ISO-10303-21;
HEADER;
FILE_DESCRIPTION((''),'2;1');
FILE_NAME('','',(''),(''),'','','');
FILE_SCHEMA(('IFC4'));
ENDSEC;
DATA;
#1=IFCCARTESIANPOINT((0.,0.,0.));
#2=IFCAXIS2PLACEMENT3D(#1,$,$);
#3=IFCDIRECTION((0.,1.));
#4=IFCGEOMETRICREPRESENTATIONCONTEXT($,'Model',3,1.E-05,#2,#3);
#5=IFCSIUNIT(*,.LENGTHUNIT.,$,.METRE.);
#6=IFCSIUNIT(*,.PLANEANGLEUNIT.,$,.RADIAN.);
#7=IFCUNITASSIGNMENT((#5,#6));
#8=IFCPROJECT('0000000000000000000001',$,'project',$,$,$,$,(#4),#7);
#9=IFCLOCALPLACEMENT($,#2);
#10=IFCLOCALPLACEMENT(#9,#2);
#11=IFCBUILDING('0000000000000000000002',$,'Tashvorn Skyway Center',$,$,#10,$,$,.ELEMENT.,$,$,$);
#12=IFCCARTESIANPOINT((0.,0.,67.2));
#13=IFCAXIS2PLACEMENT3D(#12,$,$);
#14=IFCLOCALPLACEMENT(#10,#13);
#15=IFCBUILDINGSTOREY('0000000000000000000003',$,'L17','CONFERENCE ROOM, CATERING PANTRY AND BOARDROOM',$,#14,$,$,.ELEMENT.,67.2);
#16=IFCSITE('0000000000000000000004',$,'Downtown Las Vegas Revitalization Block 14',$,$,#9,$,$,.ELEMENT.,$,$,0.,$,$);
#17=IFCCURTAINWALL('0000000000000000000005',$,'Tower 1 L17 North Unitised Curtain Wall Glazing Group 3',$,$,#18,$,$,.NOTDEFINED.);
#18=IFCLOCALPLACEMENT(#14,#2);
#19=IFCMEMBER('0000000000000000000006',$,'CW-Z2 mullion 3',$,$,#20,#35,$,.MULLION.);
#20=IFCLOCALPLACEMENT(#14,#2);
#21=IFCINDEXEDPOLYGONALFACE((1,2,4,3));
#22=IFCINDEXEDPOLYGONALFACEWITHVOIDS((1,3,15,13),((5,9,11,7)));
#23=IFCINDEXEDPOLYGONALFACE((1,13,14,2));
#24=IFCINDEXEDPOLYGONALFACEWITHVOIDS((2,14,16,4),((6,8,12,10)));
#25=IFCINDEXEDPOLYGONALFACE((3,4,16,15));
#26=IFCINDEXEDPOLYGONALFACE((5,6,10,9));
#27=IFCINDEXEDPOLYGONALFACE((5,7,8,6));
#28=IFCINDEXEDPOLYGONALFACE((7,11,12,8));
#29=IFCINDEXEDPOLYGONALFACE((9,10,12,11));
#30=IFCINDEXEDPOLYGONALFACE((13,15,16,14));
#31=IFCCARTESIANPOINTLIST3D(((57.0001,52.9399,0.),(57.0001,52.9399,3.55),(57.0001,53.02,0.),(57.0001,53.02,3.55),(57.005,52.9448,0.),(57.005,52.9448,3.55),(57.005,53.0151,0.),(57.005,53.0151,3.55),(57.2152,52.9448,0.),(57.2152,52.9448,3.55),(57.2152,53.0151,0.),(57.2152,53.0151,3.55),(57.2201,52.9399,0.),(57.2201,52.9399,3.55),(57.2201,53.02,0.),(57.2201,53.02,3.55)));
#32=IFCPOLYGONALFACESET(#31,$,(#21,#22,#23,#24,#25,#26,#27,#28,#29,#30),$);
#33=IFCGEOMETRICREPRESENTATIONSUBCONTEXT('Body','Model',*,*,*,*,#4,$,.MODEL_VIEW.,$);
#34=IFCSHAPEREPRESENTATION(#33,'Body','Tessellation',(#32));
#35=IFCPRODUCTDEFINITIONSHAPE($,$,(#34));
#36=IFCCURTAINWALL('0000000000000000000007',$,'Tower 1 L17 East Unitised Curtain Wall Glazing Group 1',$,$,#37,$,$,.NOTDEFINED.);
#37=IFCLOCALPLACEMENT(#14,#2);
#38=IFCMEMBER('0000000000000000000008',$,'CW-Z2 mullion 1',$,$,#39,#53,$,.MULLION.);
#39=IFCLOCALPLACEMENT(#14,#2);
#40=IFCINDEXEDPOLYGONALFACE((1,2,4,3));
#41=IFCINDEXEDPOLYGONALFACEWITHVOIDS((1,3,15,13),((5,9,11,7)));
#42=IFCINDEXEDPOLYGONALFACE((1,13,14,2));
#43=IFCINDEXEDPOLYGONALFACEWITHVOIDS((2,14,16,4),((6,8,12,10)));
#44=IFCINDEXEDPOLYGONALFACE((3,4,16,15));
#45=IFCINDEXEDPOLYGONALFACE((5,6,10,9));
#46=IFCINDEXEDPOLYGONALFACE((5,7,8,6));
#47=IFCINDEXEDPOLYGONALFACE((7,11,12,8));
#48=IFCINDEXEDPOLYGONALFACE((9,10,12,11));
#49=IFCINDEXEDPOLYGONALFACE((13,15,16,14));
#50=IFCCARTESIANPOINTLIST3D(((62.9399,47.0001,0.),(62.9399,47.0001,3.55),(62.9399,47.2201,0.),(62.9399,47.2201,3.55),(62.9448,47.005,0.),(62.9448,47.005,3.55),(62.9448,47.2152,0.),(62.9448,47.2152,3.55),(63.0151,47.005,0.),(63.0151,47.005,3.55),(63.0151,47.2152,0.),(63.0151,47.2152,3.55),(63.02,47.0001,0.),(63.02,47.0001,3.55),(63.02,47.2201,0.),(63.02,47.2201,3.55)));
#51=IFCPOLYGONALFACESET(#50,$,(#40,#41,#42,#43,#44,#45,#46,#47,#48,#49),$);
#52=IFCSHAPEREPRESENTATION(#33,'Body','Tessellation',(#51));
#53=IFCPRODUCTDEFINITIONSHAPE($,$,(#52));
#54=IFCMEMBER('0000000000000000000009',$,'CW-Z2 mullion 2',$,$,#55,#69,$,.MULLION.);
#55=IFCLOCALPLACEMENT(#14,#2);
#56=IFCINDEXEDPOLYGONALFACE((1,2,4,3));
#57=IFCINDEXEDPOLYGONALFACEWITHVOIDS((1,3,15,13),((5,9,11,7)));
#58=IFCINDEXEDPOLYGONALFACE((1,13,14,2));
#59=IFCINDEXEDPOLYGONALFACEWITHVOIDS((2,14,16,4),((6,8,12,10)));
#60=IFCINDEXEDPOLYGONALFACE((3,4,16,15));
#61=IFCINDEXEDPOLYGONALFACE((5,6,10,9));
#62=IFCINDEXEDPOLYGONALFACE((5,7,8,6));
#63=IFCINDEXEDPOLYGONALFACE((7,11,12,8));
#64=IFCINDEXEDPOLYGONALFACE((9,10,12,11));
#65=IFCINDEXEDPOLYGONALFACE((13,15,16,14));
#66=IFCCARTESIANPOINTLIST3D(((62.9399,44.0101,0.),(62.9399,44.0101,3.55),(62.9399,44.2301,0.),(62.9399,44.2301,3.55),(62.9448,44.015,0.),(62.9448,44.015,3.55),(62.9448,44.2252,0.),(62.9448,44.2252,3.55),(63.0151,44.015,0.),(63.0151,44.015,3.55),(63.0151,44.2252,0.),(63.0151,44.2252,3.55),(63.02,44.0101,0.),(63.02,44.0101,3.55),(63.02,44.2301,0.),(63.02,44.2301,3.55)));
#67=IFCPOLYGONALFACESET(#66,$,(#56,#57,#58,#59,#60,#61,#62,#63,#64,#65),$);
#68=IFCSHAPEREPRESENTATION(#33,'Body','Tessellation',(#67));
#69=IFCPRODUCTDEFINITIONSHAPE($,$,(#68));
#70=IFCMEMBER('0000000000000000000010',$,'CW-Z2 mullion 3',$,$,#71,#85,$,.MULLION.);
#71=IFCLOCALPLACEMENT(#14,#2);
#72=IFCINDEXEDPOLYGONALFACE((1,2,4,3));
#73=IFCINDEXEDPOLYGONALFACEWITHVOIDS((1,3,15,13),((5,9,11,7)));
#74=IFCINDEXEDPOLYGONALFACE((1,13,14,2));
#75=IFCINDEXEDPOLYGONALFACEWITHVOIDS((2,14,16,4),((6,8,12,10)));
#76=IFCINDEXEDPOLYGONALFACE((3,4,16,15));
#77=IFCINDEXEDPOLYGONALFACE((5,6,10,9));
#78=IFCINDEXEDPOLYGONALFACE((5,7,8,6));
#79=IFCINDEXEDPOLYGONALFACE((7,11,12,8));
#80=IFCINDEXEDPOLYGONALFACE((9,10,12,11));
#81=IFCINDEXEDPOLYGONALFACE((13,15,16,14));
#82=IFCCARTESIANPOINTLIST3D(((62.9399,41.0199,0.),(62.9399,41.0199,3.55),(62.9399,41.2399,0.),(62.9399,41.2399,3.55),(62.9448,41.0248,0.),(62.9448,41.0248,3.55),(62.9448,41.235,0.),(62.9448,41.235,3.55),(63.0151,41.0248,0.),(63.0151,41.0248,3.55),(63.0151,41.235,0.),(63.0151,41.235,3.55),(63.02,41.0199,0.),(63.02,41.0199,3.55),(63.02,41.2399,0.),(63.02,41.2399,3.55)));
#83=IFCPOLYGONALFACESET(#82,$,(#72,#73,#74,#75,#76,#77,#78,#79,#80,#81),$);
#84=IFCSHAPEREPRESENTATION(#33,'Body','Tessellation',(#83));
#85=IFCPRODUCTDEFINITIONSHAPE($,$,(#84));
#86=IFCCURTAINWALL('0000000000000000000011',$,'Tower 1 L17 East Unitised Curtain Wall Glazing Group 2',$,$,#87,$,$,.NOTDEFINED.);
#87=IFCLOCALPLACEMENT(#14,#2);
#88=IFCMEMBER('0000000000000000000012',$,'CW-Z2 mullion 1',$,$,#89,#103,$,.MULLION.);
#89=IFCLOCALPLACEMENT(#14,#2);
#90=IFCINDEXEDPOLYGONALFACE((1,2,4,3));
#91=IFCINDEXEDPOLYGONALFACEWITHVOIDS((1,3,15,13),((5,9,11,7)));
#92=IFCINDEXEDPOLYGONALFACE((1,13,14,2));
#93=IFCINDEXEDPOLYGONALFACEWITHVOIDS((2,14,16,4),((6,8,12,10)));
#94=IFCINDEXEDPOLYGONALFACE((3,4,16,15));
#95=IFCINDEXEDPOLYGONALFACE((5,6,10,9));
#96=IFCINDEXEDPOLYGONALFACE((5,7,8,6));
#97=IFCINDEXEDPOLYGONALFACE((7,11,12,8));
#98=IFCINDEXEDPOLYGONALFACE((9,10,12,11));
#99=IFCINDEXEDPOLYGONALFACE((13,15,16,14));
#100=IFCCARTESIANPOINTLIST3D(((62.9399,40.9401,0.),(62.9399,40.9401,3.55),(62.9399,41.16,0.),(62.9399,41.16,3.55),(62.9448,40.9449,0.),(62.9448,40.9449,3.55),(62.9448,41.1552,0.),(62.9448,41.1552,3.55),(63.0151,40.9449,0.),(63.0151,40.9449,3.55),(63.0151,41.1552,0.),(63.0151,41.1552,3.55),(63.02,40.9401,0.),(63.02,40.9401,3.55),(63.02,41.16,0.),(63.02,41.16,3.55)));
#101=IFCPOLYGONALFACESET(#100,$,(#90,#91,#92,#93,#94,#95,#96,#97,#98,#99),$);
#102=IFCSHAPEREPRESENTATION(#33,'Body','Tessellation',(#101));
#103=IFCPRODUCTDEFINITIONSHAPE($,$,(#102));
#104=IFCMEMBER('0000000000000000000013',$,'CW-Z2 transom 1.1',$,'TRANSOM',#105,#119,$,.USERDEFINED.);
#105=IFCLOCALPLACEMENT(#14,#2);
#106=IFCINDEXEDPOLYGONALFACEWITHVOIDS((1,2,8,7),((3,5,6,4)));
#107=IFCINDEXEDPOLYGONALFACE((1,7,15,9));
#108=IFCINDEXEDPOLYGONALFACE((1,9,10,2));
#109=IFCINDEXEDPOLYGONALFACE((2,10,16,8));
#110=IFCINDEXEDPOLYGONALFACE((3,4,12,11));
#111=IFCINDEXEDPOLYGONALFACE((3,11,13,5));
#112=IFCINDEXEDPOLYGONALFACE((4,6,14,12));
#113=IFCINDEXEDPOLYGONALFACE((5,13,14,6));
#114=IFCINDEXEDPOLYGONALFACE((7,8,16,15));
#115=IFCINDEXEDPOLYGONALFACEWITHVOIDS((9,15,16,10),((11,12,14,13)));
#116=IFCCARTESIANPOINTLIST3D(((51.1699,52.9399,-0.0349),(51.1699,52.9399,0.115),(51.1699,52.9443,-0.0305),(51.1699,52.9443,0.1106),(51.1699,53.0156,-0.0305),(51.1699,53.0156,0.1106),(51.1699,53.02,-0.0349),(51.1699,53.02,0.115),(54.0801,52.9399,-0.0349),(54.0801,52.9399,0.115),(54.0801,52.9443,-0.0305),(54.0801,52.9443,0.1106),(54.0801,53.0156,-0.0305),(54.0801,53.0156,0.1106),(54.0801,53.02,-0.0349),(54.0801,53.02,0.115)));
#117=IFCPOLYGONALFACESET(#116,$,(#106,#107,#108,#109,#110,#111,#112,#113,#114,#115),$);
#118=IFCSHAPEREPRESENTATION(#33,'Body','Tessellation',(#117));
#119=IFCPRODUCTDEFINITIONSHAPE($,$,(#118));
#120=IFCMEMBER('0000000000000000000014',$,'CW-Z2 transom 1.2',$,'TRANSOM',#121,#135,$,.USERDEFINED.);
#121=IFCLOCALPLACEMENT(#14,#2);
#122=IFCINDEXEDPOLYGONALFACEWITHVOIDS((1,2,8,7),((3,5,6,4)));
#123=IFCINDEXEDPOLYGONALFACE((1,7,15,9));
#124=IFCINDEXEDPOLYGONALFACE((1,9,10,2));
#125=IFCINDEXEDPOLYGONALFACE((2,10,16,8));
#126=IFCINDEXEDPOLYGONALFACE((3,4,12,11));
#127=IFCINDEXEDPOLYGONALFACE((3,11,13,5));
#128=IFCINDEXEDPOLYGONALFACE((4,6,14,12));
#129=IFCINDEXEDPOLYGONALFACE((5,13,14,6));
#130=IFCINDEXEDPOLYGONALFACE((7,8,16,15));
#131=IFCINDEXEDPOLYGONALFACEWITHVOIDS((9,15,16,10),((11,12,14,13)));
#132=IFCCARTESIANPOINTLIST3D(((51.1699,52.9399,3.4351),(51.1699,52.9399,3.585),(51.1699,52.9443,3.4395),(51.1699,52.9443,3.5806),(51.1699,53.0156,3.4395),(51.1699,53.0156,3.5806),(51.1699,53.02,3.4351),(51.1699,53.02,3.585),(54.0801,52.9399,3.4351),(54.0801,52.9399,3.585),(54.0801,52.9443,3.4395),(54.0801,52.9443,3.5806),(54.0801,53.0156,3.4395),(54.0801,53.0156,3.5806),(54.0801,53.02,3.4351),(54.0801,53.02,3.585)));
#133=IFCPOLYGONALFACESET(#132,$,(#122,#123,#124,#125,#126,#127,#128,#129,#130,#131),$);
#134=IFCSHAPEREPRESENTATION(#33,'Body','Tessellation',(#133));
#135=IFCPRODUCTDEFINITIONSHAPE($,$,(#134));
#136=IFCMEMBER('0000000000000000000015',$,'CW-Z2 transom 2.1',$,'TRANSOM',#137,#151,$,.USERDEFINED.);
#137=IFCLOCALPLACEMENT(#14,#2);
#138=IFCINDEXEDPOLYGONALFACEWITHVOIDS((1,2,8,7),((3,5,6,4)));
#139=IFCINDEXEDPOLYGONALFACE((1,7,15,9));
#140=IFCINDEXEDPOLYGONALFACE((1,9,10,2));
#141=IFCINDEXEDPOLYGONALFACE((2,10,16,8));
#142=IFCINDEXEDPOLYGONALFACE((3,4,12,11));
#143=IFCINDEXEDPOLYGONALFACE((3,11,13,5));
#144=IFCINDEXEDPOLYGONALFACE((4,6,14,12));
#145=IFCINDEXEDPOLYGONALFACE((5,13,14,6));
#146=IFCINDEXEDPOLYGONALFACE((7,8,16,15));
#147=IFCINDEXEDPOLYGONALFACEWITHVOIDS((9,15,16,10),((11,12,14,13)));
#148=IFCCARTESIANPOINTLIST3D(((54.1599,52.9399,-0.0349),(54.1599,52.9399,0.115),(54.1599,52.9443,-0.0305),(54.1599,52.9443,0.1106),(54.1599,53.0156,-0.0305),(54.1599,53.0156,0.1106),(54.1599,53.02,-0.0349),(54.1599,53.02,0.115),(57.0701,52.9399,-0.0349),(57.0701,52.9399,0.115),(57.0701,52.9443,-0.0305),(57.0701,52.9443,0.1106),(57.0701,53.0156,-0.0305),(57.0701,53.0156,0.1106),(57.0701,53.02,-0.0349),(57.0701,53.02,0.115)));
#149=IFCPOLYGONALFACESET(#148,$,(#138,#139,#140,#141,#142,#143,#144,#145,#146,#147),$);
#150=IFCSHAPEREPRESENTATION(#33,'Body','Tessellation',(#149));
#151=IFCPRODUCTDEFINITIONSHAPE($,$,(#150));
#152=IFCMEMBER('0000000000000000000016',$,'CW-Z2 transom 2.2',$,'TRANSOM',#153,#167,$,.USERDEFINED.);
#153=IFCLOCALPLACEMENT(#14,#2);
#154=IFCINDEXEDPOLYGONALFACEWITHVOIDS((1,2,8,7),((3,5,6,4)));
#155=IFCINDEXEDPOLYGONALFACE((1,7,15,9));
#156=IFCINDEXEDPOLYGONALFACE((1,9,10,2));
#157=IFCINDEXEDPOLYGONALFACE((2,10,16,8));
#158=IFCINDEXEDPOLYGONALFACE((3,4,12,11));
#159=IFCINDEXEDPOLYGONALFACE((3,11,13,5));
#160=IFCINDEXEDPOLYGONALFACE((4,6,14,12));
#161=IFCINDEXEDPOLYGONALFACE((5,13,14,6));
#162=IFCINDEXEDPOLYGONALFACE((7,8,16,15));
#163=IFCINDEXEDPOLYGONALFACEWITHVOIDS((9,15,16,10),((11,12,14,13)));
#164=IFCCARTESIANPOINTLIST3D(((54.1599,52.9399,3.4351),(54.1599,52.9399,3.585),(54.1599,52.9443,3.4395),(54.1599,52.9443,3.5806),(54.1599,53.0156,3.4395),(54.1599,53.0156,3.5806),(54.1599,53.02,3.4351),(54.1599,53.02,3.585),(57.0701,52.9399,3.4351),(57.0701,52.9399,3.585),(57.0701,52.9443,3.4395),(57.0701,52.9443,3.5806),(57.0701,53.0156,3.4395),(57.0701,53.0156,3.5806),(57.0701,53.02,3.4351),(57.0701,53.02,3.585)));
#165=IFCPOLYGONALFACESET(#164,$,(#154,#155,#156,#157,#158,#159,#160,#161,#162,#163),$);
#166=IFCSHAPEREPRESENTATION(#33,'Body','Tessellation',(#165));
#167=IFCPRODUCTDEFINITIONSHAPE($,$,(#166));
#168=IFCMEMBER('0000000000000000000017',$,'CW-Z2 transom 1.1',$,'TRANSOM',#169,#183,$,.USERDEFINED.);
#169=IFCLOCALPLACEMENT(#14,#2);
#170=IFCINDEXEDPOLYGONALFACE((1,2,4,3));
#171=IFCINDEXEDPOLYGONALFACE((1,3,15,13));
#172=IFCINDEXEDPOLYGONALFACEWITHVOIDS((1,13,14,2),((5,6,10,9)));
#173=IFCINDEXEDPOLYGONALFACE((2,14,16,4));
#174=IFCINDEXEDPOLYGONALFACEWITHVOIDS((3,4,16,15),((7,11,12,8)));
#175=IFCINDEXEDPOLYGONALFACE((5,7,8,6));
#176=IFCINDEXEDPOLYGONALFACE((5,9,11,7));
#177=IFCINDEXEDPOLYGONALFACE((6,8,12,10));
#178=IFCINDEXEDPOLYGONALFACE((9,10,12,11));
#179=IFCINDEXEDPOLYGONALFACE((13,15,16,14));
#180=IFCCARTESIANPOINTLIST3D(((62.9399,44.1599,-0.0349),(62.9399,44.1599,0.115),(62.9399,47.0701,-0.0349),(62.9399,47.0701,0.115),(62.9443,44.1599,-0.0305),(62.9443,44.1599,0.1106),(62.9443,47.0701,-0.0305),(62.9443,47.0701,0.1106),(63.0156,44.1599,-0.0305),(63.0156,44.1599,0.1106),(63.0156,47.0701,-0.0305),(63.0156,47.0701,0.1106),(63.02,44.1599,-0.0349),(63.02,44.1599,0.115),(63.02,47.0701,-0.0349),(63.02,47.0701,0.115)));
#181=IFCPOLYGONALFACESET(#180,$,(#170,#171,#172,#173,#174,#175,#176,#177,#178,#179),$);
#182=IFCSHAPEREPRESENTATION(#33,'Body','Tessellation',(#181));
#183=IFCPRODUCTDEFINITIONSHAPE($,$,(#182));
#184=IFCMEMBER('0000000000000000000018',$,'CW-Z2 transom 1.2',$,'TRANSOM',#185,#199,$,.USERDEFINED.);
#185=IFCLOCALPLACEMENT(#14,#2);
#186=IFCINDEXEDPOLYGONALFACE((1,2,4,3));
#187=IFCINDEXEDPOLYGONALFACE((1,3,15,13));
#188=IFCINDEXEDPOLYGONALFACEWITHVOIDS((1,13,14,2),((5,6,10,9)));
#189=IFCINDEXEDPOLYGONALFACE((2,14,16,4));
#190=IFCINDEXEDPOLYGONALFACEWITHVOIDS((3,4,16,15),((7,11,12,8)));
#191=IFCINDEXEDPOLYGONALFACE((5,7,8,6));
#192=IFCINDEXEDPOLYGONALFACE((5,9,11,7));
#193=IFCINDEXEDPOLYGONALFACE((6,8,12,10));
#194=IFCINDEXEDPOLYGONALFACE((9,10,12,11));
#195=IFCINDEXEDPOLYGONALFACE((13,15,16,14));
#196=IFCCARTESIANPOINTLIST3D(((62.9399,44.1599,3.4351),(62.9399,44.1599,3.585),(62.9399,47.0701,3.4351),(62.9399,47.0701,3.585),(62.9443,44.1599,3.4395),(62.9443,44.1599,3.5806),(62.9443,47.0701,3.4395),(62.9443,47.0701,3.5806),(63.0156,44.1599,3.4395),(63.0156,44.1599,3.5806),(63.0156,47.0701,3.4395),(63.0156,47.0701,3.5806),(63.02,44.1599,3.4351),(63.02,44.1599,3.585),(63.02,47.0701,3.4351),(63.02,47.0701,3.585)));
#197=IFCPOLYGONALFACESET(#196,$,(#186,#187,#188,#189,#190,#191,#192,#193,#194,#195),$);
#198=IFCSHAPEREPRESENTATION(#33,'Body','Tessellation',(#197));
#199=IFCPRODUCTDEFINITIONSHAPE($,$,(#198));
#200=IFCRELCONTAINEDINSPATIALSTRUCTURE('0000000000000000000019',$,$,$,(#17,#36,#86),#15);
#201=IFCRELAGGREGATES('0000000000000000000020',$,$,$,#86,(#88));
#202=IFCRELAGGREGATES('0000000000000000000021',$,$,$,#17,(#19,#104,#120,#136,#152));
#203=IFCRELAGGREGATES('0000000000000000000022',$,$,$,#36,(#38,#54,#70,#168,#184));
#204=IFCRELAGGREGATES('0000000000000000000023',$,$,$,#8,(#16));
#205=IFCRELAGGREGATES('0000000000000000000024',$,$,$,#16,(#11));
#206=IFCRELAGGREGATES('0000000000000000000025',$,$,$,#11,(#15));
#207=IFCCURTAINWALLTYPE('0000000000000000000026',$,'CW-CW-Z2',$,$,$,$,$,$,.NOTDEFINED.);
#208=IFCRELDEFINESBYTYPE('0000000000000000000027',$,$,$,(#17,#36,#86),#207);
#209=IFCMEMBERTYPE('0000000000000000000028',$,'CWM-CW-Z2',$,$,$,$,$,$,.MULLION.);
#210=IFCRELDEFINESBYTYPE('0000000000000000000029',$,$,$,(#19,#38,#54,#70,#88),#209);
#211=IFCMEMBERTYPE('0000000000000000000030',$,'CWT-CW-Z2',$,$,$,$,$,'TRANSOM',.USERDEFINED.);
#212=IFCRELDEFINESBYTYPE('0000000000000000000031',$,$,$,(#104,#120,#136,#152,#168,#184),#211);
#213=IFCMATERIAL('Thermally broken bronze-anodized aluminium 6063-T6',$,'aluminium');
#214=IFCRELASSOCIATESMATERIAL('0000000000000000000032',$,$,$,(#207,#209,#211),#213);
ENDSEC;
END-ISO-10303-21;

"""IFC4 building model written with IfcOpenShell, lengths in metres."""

from ifc_helpers import new_model, si_unit, direction, frame, origin, origin_2d, place, context, subcontext, project, spatial, hollow_rectangle, extrude, material, material_profile, profile_set, type_object, element, aggregate, save


model = new_model("IFC4")

# Units and contexts
model_context = context("Model", 3, precision=1e-05, world=origin(), true_north=direction((0.0, 1.0)))
body_context = subcontext(model_context, "Body", "Model", "MODEL_VIEW")
ifc_project = project(units=[si_unit("LENGTHUNIT", "METRE"), si_unit("PLANEANGLEUNIT", "RADIAN")], contexts=[model_context])

# Site, building, storey
site_placement = place(None, origin())
site = spatial("IfcSite", under=ifc_project, at=site_placement, Name="Downtown Las Vegas Revitalization Block 14", CompositionType="ELEMENT", RefElevation=0.0)
building_placement = place(site_placement, origin())
building = spatial("IfcBuilding", under=site, at=building_placement, Name="Tashvorn Skyway Center", CompositionType="ELEMENT")
storey_placement = place(building_placement, frame((0.0, 0.0, 67.2)))
storey = spatial("IfcBuildingStorey", under=building, at=storey_placement, Name="L17", Description="CONFERENCE ROOM, CATERING PANTRY AND BOARDROOM", CompositionType="ELEMENT", Elevation=67.2)

# Shared definitions
ifc_material_1 = material(Name="Thermally broken bronze-anodized aluminium 6063-T6", Category="aluminium")
curtain_wall_type = type_object("IfcCurtainWallType", Name="CW-CW-Z2", PredefinedType="NOTDEFINED", material=ifc_material_1)
ifc_material_profile_1 = material_profile(ifc_material_1, hollow_rectangle(XDim=0.0801, YDim=0.22, WallThickness=0.0049, at=origin_2d()), Name="ALU-MULL-80x220")
ifc_profile_set_1 = profile_set([ifc_material_profile_1], Name="Thermally broken bronze-anodized aluminium 6063-T6")
member_type_1 = type_object("IfcMemberType", Name="CWM-CW-Z2", PredefinedType="MULLION", material=ifc_profile_set_1)

# Curtain walls, members
curtain_wall_1_placement = place(storey_placement, origin())
curtain_wall_1 = element("IfcCurtainWall", 1, at=curtain_wall_1_placement, inside=storey, type_object=curtain_wall_type, Name="Tower 1 L17 North Unitised Curtain Wall Glazing Group 3", PredefinedType="NOTDEFINED")
member_1_placement = place(storey_placement, frame((57.1101, 52.98, 0.0), z_axis=(0.0, 0.0, 1.0), x_axis=(0.0, 1.0, 0.0)))
member_1 = element("IfcMember", 2, at=member_1_placement, type_object=member_type_1, Name="CW-Z2 mullion 3", PredefinedType="MULLION", context=body_context, shape_type="SweptSolid", body=[
    extrude(hollow_rectangle(XDim=0.0801, YDim=0.22, WallThickness=0.0049, at=origin_2d()), origin(), (0.0, 0.0, 1.0), 3.55),
])
curtain_wall_2_placement = place(storey_placement, origin())
curtain_wall_2 = element("IfcCurtainWall", 3, at=curtain_wall_2_placement, inside=storey, type_object=curtain_wall_type, Name="Tower 1 L17 East Unitised Curtain Wall Glazing Group 1", PredefinedType="NOTDEFINED")
member_2_placement = place(storey_placement, frame((62.98, 47.1101, 0.0), z_axis=(0.0, 0.0, 1.0), x_axis=(1.0, 0.0, 0.0)))
member_2 = element("IfcMember", 4, at=member_2_placement, type_object=member_type_1, Name="CW-Z2 mullion 1", PredefinedType="MULLION", context=body_context, shape_type="SweptSolid", body=[
    extrude(hollow_rectangle(XDim=0.0801, YDim=0.22, WallThickness=0.0049, at=origin_2d()), origin(), (0.0, 0.0, 1.0), 3.55),
])
member_3_placement = place(storey_placement, frame((62.98, 44.1201, 0.0), z_axis=(0.0, 0.0, 1.0), x_axis=(1.0, 0.0, 0.0)))
member_3 = element("IfcMember", 5, at=member_3_placement, type_object=member_type_1, Name="CW-Z2 mullion 2", PredefinedType="MULLION", context=body_context, shape_type="SweptSolid", body=[
    extrude(hollow_rectangle(XDim=0.0801, YDim=0.22, WallThickness=0.0049, at=origin_2d()), origin(), (0.0, 0.0, 1.0), 3.55),
])
member_4_placement = place(storey_placement, frame((62.98, 41.1299, 0.0), z_axis=(0.0, 0.0, 1.0), x_axis=(1.0, 0.0, 0.0)))
member_4 = element("IfcMember", 6, at=member_4_placement, type_object=member_type_1, Name="CW-Z2 mullion 3", PredefinedType="MULLION", context=body_context, shape_type="SweptSolid", body=[
    extrude(hollow_rectangle(XDim=0.0801, YDim=0.22, WallThickness=0.0049, at=origin_2d()), origin(), (0.0, 0.0, 1.0), 3.55),
])

# Curtain wall, member
curtain_wall_3_placement = place(storey_placement, origin())
curtain_wall_3 = element("IfcCurtainWall", 7, at=curtain_wall_3_placement, inside=storey, type_object=curtain_wall_type, Name="Tower 1 L17 East Unitised Curtain Wall Glazing Group 2", PredefinedType="NOTDEFINED")
member_5_placement = place(storey_placement, frame((62.98, 41.05, 0.0), z_axis=(0.0, 0.0, 1.0), x_axis=(1.0, 0.0, 0.0)))
member_5 = element("IfcMember", 8, at=member_5_placement, type_object=member_type_1, Name="CW-Z2 mullion 1", PredefinedType="MULLION", context=body_context, shape_type="SweptSolid", body=[
    extrude(hollow_rectangle(XDim=0.0801, YDim=0.22, WallThickness=0.0049, at=origin_2d()), origin(), (0.0, 0.0, 1.0), 3.55),
])
aggregate(curtain_wall_3, [member_5])

# Members
ifc_material_profile_2 = material_profile(ifc_material_1, hollow_rectangle(XDim=0.0801, YDim=0.1499, WallThickness=0.0044, at=origin_2d()), Name="ALU-TRAN-80x150")
ifc_profile_set_2 = profile_set([ifc_material_profile_2], Name="Thermally broken bronze-anodized aluminium 6063-T6")
member_type_2 = type_object("IfcMemberType", Name="CWT-CW-Z2", ElementType="TRANSOM", PredefinedType="USERDEFINED", material=ifc_profile_set_2)
member_6_placement = place(storey_placement, frame((51.1699, 52.98, 0.04), z_axis=(1.0, 0.0, 0.0), x_axis=(0.0, 1.0, 0.0)))
member_6 = element("IfcMember", 9, at=member_6_placement, type_object=member_type_2, Name="CW-Z2 transom 1.1", ObjectType="TRANSOM", PredefinedType="USERDEFINED", context=body_context, shape_type="SweptSolid", body=[
    extrude(hollow_rectangle(XDim=0.0801, YDim=0.1499, WallThickness=0.0044, at=origin_2d()), origin(), (0.0, 0.0, 1.0), 2.9102),
])
member_7_placement = place(storey_placement, frame((51.1699, 52.98, 3.51), z_axis=(1.0, 0.0, 0.0), x_axis=(0.0, 1.0, 0.0)))
member_7 = element("IfcMember", 10, at=member_7_placement, type_object=member_type_2, Name="CW-Z2 transom 1.2", ObjectType="TRANSOM", PredefinedType="USERDEFINED", context=body_context, shape_type="SweptSolid", body=[
    extrude(hollow_rectangle(XDim=0.0801, YDim=0.1499, WallThickness=0.0044, at=origin_2d()), origin(), (0.0, 0.0, 1.0), 2.9102),
])
member_8_placement = place(storey_placement, frame((54.1599, 52.98, 0.04), z_axis=(1.0, 0.0, 0.0), x_axis=(0.0, 1.0, 0.0)))
member_8 = element("IfcMember", 11, at=member_8_placement, type_object=member_type_2, Name="CW-Z2 transom 2.1", ObjectType="TRANSOM", PredefinedType="USERDEFINED", context=body_context, shape_type="SweptSolid", body=[
    extrude(hollow_rectangle(XDim=0.0801, YDim=0.1499, WallThickness=0.0044, at=origin_2d()), origin(), (0.0, 0.0, 1.0), 2.9102),
])
member_9_placement = place(storey_placement, frame((54.1599, 52.98, 3.51), z_axis=(1.0, 0.0, 0.0), x_axis=(0.0, 1.0, 0.0)))
member_9 = element("IfcMember", 12, at=member_9_placement, type_object=member_type_2, Name="CW-Z2 transom 2.2", ObjectType="TRANSOM", PredefinedType="USERDEFINED", context=body_context, shape_type="SweptSolid", body=[
    extrude(hollow_rectangle(XDim=0.0801, YDim=0.1499, WallThickness=0.0044, at=origin_2d()), origin(), (0.0, 0.0, 1.0), 2.9102),
])
member_10_placement = place(storey_placement, frame((62.98, 47.0701, 0.04), z_axis=(0.0, -1.0, 0.0), x_axis=(1.0, 0.0, 0.0)))
member_10 = element("IfcMember", 13, at=member_10_placement, type_object=member_type_2, Name="CW-Z2 transom 1.1", ObjectType="TRANSOM", PredefinedType="USERDEFINED", context=body_context, shape_type="SweptSolid", body=[
    extrude(hollow_rectangle(XDim=0.0801, YDim=0.1499, WallThickness=0.0044, at=origin_2d()), origin(), (0.0, 0.0, 1.0), 2.9102),
])
member_11_placement = place(storey_placement, frame((62.98, 47.0701, 3.51), z_axis=(0.0, -1.0, 0.0), x_axis=(1.0, 0.0, 0.0)))
member_11 = element("IfcMember", 14, at=member_11_placement, type_object=member_type_2, Name="CW-Z2 transom 1.2", ObjectType="TRANSOM", PredefinedType="USERDEFINED", context=body_context, shape_type="SweptSolid", body=[
    extrude(hollow_rectangle(XDim=0.0801, YDim=0.1499, WallThickness=0.0044, at=origin_2d()), origin(), (0.0, 0.0, 1.0), 2.9102),
])

aggregate(curtain_wall_1, [member_1, member_6, member_7, member_8, member_9])
aggregate(curtain_wall_2, [member_2, member_3, member_4, member_10, member_11])

save(model, "model.ifc")
